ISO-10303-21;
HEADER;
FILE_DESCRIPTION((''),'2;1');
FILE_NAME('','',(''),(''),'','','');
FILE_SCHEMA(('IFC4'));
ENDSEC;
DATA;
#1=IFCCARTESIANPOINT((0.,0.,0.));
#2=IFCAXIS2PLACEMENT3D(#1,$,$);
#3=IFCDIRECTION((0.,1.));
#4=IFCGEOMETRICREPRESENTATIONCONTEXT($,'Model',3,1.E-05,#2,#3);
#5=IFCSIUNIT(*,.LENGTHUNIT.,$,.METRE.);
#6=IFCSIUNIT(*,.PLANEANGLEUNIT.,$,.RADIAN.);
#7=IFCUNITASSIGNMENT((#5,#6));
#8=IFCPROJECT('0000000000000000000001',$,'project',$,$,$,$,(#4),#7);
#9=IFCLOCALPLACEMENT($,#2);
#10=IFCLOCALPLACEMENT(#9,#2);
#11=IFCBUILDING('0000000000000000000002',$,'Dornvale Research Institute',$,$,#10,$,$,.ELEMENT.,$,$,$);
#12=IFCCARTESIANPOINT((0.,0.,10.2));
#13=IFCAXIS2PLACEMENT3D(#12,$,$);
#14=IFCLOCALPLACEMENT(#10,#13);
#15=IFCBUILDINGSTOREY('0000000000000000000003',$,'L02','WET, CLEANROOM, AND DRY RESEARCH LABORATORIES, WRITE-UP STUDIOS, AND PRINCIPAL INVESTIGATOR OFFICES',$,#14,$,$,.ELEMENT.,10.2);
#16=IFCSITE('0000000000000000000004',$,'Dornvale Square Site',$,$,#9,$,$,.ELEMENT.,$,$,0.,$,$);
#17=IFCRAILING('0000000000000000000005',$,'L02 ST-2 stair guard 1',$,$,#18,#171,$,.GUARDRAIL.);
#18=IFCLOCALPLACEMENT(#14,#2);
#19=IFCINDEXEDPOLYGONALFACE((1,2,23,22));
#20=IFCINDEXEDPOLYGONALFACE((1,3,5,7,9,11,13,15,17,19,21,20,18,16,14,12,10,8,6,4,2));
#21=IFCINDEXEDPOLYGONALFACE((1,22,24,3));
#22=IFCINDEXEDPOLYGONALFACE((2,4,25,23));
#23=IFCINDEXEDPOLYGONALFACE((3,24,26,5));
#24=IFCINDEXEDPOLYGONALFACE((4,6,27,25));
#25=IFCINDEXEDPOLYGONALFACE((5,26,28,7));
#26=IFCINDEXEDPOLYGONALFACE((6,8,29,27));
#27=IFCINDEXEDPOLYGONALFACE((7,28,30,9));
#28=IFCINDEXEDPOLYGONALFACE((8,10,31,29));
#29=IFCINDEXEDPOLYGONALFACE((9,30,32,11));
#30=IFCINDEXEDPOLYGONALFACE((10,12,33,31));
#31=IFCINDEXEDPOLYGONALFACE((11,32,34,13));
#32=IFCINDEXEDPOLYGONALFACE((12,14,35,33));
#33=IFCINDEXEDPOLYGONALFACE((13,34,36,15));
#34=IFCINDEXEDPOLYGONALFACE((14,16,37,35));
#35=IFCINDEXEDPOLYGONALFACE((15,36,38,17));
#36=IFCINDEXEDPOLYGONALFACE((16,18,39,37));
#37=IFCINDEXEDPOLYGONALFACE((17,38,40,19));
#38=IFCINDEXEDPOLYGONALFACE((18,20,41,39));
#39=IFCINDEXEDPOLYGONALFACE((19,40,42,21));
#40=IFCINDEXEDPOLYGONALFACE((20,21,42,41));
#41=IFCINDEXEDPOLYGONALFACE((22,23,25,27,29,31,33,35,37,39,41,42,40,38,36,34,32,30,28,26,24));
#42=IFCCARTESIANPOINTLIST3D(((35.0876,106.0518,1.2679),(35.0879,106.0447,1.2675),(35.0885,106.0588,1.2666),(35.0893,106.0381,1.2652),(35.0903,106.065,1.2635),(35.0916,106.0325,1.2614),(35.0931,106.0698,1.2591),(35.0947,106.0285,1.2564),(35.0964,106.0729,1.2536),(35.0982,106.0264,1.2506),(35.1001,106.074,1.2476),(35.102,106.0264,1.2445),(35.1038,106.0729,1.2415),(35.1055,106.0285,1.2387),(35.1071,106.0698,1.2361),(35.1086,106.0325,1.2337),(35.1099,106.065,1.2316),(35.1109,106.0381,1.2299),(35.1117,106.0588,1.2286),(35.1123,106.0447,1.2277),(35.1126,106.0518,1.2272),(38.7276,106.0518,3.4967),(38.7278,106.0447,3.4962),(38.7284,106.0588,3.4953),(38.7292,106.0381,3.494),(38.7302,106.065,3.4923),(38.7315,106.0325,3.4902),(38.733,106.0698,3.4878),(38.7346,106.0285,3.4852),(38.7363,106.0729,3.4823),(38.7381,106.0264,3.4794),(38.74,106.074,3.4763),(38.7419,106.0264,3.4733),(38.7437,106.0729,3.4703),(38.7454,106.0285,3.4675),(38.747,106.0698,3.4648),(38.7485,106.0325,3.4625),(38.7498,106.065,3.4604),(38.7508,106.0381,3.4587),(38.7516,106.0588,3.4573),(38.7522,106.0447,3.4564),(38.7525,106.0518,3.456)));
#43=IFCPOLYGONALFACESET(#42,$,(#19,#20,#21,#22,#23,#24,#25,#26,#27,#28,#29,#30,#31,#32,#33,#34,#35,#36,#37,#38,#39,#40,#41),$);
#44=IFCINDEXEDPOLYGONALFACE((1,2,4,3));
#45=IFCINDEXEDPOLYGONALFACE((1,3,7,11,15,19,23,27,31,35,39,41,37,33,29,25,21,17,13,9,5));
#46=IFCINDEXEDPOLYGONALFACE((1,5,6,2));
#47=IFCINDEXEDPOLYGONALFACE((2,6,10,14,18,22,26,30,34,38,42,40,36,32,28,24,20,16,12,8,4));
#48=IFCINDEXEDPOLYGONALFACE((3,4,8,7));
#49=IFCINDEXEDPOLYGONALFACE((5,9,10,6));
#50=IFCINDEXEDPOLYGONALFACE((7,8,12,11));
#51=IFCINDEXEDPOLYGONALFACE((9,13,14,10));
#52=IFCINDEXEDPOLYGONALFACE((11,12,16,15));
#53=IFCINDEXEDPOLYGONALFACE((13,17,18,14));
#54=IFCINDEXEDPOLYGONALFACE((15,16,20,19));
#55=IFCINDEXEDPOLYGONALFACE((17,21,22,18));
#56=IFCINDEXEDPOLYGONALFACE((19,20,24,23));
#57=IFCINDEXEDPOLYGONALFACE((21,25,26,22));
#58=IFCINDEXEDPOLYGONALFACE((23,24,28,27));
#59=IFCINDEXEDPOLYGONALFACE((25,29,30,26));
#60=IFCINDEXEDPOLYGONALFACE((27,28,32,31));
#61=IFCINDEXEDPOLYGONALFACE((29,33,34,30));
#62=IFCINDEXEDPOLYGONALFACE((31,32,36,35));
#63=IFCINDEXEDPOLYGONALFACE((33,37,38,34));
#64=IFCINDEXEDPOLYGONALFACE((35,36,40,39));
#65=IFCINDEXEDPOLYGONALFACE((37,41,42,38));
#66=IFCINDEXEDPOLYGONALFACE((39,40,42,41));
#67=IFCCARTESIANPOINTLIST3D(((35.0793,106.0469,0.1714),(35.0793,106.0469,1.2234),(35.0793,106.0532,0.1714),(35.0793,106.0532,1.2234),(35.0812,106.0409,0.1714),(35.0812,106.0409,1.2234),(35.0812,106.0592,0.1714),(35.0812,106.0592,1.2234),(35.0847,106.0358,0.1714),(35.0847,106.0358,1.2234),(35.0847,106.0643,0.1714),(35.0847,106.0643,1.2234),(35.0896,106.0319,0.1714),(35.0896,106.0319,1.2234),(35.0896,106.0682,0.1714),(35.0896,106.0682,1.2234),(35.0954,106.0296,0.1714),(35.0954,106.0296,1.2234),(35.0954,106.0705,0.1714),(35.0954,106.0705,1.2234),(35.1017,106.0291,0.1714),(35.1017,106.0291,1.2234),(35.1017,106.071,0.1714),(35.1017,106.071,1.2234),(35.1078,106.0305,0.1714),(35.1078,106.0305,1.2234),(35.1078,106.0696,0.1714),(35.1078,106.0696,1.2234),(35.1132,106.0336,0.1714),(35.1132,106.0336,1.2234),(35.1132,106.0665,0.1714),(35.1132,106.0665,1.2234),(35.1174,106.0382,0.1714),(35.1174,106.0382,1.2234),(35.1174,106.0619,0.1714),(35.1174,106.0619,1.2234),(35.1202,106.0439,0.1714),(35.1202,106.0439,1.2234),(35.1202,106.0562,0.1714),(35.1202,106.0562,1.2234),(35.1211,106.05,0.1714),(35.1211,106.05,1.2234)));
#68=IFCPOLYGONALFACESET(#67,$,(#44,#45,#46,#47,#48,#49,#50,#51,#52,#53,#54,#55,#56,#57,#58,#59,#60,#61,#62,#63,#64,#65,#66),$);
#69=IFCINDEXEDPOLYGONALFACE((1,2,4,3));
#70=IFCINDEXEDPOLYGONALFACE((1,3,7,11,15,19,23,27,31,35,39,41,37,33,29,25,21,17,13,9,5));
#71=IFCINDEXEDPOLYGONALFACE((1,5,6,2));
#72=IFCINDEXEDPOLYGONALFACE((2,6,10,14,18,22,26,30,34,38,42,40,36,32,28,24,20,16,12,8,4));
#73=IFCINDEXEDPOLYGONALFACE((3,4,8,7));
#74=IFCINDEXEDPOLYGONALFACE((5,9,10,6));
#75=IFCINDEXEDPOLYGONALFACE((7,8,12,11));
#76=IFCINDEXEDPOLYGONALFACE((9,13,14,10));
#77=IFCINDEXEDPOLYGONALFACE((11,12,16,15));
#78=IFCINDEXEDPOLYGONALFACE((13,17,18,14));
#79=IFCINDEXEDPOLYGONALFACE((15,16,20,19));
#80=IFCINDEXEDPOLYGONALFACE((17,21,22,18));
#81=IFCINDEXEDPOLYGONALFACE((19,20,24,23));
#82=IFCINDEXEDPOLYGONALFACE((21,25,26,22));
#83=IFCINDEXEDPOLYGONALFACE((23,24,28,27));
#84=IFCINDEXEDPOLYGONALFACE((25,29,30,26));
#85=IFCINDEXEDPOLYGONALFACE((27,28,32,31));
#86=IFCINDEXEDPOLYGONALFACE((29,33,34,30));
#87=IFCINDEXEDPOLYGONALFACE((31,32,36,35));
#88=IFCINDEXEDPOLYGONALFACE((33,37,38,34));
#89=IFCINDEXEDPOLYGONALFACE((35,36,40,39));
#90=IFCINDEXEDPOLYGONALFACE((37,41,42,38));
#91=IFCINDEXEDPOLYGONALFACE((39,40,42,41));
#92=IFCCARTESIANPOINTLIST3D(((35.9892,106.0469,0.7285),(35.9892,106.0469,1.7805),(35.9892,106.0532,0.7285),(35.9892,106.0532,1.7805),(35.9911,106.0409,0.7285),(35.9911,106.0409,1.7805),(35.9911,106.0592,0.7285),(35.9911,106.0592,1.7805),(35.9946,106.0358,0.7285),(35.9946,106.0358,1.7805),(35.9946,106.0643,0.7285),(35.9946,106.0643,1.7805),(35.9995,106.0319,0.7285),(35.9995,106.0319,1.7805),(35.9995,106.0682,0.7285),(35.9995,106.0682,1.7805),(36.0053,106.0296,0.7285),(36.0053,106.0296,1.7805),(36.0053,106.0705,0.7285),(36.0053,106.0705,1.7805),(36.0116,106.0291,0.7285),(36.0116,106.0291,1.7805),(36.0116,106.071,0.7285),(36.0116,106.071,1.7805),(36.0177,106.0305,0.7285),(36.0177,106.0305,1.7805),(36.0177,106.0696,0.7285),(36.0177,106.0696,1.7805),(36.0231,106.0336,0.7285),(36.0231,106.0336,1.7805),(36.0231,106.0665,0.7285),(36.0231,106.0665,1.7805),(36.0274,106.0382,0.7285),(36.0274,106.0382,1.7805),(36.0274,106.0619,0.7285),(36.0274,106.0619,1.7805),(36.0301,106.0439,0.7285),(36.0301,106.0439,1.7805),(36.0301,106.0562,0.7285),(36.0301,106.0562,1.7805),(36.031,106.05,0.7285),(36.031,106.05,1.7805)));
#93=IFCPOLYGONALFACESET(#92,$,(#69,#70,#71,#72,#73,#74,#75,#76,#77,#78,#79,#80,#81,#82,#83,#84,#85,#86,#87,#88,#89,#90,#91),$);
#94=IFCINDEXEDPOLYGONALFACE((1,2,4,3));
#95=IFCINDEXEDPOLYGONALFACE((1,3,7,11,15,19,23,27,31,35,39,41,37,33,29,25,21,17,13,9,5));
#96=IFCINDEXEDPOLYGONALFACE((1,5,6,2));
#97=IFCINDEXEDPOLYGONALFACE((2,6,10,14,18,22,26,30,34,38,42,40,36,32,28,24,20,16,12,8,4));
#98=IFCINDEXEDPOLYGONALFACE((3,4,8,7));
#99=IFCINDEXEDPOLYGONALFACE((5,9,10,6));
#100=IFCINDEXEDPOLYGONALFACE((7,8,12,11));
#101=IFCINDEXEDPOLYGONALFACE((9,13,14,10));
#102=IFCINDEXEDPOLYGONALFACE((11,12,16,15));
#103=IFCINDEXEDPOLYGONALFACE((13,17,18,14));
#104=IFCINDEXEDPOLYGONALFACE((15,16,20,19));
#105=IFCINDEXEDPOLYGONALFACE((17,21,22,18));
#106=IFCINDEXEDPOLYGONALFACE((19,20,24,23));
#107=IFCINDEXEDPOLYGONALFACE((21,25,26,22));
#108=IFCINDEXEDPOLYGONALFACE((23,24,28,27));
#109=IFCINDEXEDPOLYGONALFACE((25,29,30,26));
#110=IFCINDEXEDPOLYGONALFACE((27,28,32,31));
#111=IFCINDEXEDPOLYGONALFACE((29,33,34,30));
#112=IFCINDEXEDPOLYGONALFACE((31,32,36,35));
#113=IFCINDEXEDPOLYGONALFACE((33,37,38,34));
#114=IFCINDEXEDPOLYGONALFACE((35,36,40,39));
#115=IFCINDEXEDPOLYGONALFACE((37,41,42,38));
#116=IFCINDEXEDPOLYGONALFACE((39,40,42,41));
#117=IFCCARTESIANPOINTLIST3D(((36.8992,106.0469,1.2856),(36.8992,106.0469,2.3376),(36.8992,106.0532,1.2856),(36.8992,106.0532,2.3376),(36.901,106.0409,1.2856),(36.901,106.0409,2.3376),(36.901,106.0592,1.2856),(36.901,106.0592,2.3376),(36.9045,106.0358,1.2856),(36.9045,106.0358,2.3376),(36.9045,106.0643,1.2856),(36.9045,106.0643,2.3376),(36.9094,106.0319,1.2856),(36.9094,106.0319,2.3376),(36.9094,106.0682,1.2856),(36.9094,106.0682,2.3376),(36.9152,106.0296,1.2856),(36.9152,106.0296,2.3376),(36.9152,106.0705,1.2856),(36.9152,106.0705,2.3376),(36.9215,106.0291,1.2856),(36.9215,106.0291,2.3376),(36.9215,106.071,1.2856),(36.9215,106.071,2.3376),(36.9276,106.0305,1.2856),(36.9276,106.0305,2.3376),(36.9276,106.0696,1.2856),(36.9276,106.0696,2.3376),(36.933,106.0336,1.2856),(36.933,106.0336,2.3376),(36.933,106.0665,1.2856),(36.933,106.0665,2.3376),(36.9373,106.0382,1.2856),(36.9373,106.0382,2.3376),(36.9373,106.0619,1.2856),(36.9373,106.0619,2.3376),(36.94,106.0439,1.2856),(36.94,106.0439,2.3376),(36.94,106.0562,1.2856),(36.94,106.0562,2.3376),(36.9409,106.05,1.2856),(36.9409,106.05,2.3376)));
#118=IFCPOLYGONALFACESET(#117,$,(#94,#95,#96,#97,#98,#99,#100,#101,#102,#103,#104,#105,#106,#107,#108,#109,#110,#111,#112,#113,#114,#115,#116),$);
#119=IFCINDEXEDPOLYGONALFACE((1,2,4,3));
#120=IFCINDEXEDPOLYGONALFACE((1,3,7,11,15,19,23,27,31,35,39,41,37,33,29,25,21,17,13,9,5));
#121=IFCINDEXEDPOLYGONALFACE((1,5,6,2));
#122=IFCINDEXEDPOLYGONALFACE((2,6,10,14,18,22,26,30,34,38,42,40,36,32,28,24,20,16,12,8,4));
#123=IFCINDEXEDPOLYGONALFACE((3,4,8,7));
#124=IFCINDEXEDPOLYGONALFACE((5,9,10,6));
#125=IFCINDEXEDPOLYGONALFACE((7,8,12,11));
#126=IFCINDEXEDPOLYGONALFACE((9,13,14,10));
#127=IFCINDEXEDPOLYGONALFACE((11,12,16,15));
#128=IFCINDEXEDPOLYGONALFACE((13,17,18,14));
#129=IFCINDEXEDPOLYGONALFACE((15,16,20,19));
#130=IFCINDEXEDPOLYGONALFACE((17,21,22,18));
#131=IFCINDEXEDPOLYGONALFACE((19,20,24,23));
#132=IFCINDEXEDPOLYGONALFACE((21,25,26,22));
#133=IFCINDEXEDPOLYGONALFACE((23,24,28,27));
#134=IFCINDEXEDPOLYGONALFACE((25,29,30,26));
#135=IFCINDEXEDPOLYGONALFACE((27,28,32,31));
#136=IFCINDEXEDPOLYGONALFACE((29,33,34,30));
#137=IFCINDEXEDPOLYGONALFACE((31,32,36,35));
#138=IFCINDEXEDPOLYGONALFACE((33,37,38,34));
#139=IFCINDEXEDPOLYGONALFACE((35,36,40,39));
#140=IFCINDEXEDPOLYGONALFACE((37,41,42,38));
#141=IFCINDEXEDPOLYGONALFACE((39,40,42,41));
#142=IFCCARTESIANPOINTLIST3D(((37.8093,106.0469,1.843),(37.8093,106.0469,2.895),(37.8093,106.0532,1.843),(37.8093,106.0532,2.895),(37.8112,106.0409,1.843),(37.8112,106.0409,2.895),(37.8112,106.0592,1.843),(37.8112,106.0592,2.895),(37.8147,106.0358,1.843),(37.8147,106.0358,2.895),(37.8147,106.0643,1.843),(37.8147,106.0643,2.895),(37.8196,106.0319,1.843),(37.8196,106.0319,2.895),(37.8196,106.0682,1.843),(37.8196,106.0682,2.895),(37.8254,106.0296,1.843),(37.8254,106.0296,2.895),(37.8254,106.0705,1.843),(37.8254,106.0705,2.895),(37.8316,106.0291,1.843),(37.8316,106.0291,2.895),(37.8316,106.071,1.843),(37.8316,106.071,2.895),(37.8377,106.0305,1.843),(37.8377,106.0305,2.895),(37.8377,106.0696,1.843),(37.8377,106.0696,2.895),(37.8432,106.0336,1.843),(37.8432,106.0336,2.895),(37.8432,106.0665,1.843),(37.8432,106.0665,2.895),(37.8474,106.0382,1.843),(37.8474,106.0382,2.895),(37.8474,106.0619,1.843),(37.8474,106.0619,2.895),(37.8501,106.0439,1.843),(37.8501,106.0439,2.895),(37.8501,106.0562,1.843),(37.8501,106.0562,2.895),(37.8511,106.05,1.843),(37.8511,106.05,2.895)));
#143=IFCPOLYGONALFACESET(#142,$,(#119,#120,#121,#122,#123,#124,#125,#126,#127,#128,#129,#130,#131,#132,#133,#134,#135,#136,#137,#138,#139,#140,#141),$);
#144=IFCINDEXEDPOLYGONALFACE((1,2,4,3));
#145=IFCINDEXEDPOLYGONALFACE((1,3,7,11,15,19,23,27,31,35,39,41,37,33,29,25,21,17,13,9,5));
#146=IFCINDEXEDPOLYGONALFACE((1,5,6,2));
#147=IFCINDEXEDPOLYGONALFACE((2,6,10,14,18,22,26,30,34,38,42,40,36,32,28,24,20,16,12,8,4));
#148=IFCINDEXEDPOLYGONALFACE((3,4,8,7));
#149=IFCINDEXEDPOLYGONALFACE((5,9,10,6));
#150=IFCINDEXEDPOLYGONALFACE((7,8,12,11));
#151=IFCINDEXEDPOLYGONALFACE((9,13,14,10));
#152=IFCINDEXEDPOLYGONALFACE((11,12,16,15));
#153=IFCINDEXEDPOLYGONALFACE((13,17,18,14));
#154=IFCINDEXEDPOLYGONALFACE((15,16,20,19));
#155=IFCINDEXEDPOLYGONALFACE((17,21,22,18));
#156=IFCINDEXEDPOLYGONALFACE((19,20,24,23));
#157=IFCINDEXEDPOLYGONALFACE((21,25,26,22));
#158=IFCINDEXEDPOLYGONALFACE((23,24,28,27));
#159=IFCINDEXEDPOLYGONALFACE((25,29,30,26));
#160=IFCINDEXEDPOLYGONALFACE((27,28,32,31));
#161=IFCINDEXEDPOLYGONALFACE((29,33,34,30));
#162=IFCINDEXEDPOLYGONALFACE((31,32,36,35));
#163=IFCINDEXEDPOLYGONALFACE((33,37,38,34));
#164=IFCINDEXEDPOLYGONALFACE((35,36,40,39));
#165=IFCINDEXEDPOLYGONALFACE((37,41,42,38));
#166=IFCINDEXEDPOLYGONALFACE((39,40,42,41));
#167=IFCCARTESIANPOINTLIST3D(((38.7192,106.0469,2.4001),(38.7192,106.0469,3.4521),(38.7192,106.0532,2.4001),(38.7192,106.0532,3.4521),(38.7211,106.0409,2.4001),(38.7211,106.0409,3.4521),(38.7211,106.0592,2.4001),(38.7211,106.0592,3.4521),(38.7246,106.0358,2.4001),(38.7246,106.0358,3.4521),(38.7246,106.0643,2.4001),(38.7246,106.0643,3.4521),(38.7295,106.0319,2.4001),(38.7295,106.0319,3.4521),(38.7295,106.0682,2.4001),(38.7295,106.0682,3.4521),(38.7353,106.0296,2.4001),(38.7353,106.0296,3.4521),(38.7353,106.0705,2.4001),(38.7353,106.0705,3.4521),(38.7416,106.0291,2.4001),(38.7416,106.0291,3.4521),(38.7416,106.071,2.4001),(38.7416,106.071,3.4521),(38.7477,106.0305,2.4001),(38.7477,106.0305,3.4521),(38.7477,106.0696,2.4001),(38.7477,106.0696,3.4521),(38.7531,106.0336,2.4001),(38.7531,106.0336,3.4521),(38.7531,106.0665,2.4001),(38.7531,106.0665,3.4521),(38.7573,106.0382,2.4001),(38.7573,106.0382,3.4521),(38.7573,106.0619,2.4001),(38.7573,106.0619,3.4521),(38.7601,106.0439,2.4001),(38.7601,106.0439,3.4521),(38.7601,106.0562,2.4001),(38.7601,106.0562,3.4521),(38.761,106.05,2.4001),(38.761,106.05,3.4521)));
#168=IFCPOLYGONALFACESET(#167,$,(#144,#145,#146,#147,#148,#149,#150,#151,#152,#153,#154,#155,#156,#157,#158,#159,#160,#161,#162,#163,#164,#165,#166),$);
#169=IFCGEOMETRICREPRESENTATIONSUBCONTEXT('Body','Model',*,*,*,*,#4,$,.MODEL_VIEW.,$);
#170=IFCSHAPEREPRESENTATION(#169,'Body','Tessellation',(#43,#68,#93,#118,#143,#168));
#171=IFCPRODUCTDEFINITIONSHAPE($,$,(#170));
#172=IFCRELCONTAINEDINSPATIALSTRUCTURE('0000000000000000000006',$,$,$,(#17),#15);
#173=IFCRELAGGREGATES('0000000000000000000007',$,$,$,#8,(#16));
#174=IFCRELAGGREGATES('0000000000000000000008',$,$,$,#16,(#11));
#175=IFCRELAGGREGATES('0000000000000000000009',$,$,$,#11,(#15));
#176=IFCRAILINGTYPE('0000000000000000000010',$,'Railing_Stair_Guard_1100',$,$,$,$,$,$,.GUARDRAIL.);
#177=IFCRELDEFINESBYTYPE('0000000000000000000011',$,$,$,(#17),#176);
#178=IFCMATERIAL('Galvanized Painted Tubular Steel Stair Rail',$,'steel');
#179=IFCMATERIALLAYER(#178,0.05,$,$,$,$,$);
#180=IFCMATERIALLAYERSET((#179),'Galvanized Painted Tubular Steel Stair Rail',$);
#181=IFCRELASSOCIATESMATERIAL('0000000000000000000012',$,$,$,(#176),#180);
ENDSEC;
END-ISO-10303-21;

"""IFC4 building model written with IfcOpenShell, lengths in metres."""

from ifc_helpers import new_model, si_unit, direction, frame, origin, origin_2d, place, context, subcontext, project, spatial, circle, extrude, material, layer, layer_set, type_object, element, save


model = new_model("IFC4")

# Units and contexts
model_context = context("Model", 3, precision=1e-05, world=origin(), true_north=direction((0.0, 1.0)))
body_context = subcontext(model_context, "Body", "Model", "MODEL_VIEW")
ifc_project = project(units=[si_unit("LENGTHUNIT", "METRE"), si_unit("PLANEANGLEUNIT", "RADIAN")], contexts=[model_context])

# Site, building, storey
site_placement = place(None, origin())
site = spatial("IfcSite", under=ifc_project, at=site_placement, Name="Dornvale Square Site", CompositionType="ELEMENT", RefElevation=0.0)
building_placement = place(site_placement, origin())
building = spatial("IfcBuilding", under=site, at=building_placement, Name="Dornvale Research Institute", CompositionType="ELEMENT")
storey_placement = place(building_placement, frame((0.0, 0.0, 10.2)))
storey = spatial("IfcBuildingStorey", under=building, at=storey_placement, Name="L02", Description="WET, CLEANROOM, AND DRY RESEARCH LABORATORIES, WRITE-UP STUDIOS, AND PRINCIPAL INVESTIGATOR OFFICES", CompositionType="ELEMENT", Elevation=10.2)

# Railing
ifc_material_1 = material(Name="Galvanized Painted Tubular Steel Stair Rail", Category="steel")
ifc_layer_1 = layer(ifc_material_1, 0.05)
ifc_layer_set_1 = layer_set([ifc_layer_1], Name="Galvanized Painted Tubular Steel Stair Rail")
railing_type_1 = type_object("IfcRailingType", Name="Railing_Stair_Guard_1100", PredefinedType="GUARDRAIL", material=ifc_layer_set_1)
railing_1_placement = place(storey_placement, frame((35.1001, 106.05, 0.1714)))
element("IfcRailing", 1, at=railing_1_placement, inside=storey, type_object=railing_type_1, Name="L02 ST-2 stair guard 1", PredefinedType="GUARDRAIL", context=body_context, shape_type="SweptSolid", body=[
    extrude(circle(Radius=0.0239, at=origin_2d()), frame((0.0, 0.0, 1.0762), z_axis=(0.852825, 0.0, 0.522197), x_axis=(0.0, 1.0, 0.0)), (0.0, 0.0, 1.0), 4.2681),
    extrude(circle(Radius=0.021, at=origin_2d()), origin(), (0.0, 0.0, 1.0), 1.052),
    extrude(circle(Radius=0.021, at=origin_2d()), frame((0.9099, 0.0, 0.5571)), (0.0, 0.0, 1.0), 1.052),
    extrude(circle(Radius=0.021, at=origin_2d()), frame((1.8198, 0.0, 1.1143)), (0.0, 0.0, 1.0), 1.052),
    extrude(circle(Radius=0.021, at=origin_2d()), frame((2.73, 0.0, 1.6716)), (0.0, 0.0, 1.0), 1.052),
    extrude(circle(Radius=0.021, at=origin_2d()), frame((3.6399, 0.0, 2.2288)), (0.0, 0.0, 1.0), 1.052),
])

save(model, "model.ifc")
